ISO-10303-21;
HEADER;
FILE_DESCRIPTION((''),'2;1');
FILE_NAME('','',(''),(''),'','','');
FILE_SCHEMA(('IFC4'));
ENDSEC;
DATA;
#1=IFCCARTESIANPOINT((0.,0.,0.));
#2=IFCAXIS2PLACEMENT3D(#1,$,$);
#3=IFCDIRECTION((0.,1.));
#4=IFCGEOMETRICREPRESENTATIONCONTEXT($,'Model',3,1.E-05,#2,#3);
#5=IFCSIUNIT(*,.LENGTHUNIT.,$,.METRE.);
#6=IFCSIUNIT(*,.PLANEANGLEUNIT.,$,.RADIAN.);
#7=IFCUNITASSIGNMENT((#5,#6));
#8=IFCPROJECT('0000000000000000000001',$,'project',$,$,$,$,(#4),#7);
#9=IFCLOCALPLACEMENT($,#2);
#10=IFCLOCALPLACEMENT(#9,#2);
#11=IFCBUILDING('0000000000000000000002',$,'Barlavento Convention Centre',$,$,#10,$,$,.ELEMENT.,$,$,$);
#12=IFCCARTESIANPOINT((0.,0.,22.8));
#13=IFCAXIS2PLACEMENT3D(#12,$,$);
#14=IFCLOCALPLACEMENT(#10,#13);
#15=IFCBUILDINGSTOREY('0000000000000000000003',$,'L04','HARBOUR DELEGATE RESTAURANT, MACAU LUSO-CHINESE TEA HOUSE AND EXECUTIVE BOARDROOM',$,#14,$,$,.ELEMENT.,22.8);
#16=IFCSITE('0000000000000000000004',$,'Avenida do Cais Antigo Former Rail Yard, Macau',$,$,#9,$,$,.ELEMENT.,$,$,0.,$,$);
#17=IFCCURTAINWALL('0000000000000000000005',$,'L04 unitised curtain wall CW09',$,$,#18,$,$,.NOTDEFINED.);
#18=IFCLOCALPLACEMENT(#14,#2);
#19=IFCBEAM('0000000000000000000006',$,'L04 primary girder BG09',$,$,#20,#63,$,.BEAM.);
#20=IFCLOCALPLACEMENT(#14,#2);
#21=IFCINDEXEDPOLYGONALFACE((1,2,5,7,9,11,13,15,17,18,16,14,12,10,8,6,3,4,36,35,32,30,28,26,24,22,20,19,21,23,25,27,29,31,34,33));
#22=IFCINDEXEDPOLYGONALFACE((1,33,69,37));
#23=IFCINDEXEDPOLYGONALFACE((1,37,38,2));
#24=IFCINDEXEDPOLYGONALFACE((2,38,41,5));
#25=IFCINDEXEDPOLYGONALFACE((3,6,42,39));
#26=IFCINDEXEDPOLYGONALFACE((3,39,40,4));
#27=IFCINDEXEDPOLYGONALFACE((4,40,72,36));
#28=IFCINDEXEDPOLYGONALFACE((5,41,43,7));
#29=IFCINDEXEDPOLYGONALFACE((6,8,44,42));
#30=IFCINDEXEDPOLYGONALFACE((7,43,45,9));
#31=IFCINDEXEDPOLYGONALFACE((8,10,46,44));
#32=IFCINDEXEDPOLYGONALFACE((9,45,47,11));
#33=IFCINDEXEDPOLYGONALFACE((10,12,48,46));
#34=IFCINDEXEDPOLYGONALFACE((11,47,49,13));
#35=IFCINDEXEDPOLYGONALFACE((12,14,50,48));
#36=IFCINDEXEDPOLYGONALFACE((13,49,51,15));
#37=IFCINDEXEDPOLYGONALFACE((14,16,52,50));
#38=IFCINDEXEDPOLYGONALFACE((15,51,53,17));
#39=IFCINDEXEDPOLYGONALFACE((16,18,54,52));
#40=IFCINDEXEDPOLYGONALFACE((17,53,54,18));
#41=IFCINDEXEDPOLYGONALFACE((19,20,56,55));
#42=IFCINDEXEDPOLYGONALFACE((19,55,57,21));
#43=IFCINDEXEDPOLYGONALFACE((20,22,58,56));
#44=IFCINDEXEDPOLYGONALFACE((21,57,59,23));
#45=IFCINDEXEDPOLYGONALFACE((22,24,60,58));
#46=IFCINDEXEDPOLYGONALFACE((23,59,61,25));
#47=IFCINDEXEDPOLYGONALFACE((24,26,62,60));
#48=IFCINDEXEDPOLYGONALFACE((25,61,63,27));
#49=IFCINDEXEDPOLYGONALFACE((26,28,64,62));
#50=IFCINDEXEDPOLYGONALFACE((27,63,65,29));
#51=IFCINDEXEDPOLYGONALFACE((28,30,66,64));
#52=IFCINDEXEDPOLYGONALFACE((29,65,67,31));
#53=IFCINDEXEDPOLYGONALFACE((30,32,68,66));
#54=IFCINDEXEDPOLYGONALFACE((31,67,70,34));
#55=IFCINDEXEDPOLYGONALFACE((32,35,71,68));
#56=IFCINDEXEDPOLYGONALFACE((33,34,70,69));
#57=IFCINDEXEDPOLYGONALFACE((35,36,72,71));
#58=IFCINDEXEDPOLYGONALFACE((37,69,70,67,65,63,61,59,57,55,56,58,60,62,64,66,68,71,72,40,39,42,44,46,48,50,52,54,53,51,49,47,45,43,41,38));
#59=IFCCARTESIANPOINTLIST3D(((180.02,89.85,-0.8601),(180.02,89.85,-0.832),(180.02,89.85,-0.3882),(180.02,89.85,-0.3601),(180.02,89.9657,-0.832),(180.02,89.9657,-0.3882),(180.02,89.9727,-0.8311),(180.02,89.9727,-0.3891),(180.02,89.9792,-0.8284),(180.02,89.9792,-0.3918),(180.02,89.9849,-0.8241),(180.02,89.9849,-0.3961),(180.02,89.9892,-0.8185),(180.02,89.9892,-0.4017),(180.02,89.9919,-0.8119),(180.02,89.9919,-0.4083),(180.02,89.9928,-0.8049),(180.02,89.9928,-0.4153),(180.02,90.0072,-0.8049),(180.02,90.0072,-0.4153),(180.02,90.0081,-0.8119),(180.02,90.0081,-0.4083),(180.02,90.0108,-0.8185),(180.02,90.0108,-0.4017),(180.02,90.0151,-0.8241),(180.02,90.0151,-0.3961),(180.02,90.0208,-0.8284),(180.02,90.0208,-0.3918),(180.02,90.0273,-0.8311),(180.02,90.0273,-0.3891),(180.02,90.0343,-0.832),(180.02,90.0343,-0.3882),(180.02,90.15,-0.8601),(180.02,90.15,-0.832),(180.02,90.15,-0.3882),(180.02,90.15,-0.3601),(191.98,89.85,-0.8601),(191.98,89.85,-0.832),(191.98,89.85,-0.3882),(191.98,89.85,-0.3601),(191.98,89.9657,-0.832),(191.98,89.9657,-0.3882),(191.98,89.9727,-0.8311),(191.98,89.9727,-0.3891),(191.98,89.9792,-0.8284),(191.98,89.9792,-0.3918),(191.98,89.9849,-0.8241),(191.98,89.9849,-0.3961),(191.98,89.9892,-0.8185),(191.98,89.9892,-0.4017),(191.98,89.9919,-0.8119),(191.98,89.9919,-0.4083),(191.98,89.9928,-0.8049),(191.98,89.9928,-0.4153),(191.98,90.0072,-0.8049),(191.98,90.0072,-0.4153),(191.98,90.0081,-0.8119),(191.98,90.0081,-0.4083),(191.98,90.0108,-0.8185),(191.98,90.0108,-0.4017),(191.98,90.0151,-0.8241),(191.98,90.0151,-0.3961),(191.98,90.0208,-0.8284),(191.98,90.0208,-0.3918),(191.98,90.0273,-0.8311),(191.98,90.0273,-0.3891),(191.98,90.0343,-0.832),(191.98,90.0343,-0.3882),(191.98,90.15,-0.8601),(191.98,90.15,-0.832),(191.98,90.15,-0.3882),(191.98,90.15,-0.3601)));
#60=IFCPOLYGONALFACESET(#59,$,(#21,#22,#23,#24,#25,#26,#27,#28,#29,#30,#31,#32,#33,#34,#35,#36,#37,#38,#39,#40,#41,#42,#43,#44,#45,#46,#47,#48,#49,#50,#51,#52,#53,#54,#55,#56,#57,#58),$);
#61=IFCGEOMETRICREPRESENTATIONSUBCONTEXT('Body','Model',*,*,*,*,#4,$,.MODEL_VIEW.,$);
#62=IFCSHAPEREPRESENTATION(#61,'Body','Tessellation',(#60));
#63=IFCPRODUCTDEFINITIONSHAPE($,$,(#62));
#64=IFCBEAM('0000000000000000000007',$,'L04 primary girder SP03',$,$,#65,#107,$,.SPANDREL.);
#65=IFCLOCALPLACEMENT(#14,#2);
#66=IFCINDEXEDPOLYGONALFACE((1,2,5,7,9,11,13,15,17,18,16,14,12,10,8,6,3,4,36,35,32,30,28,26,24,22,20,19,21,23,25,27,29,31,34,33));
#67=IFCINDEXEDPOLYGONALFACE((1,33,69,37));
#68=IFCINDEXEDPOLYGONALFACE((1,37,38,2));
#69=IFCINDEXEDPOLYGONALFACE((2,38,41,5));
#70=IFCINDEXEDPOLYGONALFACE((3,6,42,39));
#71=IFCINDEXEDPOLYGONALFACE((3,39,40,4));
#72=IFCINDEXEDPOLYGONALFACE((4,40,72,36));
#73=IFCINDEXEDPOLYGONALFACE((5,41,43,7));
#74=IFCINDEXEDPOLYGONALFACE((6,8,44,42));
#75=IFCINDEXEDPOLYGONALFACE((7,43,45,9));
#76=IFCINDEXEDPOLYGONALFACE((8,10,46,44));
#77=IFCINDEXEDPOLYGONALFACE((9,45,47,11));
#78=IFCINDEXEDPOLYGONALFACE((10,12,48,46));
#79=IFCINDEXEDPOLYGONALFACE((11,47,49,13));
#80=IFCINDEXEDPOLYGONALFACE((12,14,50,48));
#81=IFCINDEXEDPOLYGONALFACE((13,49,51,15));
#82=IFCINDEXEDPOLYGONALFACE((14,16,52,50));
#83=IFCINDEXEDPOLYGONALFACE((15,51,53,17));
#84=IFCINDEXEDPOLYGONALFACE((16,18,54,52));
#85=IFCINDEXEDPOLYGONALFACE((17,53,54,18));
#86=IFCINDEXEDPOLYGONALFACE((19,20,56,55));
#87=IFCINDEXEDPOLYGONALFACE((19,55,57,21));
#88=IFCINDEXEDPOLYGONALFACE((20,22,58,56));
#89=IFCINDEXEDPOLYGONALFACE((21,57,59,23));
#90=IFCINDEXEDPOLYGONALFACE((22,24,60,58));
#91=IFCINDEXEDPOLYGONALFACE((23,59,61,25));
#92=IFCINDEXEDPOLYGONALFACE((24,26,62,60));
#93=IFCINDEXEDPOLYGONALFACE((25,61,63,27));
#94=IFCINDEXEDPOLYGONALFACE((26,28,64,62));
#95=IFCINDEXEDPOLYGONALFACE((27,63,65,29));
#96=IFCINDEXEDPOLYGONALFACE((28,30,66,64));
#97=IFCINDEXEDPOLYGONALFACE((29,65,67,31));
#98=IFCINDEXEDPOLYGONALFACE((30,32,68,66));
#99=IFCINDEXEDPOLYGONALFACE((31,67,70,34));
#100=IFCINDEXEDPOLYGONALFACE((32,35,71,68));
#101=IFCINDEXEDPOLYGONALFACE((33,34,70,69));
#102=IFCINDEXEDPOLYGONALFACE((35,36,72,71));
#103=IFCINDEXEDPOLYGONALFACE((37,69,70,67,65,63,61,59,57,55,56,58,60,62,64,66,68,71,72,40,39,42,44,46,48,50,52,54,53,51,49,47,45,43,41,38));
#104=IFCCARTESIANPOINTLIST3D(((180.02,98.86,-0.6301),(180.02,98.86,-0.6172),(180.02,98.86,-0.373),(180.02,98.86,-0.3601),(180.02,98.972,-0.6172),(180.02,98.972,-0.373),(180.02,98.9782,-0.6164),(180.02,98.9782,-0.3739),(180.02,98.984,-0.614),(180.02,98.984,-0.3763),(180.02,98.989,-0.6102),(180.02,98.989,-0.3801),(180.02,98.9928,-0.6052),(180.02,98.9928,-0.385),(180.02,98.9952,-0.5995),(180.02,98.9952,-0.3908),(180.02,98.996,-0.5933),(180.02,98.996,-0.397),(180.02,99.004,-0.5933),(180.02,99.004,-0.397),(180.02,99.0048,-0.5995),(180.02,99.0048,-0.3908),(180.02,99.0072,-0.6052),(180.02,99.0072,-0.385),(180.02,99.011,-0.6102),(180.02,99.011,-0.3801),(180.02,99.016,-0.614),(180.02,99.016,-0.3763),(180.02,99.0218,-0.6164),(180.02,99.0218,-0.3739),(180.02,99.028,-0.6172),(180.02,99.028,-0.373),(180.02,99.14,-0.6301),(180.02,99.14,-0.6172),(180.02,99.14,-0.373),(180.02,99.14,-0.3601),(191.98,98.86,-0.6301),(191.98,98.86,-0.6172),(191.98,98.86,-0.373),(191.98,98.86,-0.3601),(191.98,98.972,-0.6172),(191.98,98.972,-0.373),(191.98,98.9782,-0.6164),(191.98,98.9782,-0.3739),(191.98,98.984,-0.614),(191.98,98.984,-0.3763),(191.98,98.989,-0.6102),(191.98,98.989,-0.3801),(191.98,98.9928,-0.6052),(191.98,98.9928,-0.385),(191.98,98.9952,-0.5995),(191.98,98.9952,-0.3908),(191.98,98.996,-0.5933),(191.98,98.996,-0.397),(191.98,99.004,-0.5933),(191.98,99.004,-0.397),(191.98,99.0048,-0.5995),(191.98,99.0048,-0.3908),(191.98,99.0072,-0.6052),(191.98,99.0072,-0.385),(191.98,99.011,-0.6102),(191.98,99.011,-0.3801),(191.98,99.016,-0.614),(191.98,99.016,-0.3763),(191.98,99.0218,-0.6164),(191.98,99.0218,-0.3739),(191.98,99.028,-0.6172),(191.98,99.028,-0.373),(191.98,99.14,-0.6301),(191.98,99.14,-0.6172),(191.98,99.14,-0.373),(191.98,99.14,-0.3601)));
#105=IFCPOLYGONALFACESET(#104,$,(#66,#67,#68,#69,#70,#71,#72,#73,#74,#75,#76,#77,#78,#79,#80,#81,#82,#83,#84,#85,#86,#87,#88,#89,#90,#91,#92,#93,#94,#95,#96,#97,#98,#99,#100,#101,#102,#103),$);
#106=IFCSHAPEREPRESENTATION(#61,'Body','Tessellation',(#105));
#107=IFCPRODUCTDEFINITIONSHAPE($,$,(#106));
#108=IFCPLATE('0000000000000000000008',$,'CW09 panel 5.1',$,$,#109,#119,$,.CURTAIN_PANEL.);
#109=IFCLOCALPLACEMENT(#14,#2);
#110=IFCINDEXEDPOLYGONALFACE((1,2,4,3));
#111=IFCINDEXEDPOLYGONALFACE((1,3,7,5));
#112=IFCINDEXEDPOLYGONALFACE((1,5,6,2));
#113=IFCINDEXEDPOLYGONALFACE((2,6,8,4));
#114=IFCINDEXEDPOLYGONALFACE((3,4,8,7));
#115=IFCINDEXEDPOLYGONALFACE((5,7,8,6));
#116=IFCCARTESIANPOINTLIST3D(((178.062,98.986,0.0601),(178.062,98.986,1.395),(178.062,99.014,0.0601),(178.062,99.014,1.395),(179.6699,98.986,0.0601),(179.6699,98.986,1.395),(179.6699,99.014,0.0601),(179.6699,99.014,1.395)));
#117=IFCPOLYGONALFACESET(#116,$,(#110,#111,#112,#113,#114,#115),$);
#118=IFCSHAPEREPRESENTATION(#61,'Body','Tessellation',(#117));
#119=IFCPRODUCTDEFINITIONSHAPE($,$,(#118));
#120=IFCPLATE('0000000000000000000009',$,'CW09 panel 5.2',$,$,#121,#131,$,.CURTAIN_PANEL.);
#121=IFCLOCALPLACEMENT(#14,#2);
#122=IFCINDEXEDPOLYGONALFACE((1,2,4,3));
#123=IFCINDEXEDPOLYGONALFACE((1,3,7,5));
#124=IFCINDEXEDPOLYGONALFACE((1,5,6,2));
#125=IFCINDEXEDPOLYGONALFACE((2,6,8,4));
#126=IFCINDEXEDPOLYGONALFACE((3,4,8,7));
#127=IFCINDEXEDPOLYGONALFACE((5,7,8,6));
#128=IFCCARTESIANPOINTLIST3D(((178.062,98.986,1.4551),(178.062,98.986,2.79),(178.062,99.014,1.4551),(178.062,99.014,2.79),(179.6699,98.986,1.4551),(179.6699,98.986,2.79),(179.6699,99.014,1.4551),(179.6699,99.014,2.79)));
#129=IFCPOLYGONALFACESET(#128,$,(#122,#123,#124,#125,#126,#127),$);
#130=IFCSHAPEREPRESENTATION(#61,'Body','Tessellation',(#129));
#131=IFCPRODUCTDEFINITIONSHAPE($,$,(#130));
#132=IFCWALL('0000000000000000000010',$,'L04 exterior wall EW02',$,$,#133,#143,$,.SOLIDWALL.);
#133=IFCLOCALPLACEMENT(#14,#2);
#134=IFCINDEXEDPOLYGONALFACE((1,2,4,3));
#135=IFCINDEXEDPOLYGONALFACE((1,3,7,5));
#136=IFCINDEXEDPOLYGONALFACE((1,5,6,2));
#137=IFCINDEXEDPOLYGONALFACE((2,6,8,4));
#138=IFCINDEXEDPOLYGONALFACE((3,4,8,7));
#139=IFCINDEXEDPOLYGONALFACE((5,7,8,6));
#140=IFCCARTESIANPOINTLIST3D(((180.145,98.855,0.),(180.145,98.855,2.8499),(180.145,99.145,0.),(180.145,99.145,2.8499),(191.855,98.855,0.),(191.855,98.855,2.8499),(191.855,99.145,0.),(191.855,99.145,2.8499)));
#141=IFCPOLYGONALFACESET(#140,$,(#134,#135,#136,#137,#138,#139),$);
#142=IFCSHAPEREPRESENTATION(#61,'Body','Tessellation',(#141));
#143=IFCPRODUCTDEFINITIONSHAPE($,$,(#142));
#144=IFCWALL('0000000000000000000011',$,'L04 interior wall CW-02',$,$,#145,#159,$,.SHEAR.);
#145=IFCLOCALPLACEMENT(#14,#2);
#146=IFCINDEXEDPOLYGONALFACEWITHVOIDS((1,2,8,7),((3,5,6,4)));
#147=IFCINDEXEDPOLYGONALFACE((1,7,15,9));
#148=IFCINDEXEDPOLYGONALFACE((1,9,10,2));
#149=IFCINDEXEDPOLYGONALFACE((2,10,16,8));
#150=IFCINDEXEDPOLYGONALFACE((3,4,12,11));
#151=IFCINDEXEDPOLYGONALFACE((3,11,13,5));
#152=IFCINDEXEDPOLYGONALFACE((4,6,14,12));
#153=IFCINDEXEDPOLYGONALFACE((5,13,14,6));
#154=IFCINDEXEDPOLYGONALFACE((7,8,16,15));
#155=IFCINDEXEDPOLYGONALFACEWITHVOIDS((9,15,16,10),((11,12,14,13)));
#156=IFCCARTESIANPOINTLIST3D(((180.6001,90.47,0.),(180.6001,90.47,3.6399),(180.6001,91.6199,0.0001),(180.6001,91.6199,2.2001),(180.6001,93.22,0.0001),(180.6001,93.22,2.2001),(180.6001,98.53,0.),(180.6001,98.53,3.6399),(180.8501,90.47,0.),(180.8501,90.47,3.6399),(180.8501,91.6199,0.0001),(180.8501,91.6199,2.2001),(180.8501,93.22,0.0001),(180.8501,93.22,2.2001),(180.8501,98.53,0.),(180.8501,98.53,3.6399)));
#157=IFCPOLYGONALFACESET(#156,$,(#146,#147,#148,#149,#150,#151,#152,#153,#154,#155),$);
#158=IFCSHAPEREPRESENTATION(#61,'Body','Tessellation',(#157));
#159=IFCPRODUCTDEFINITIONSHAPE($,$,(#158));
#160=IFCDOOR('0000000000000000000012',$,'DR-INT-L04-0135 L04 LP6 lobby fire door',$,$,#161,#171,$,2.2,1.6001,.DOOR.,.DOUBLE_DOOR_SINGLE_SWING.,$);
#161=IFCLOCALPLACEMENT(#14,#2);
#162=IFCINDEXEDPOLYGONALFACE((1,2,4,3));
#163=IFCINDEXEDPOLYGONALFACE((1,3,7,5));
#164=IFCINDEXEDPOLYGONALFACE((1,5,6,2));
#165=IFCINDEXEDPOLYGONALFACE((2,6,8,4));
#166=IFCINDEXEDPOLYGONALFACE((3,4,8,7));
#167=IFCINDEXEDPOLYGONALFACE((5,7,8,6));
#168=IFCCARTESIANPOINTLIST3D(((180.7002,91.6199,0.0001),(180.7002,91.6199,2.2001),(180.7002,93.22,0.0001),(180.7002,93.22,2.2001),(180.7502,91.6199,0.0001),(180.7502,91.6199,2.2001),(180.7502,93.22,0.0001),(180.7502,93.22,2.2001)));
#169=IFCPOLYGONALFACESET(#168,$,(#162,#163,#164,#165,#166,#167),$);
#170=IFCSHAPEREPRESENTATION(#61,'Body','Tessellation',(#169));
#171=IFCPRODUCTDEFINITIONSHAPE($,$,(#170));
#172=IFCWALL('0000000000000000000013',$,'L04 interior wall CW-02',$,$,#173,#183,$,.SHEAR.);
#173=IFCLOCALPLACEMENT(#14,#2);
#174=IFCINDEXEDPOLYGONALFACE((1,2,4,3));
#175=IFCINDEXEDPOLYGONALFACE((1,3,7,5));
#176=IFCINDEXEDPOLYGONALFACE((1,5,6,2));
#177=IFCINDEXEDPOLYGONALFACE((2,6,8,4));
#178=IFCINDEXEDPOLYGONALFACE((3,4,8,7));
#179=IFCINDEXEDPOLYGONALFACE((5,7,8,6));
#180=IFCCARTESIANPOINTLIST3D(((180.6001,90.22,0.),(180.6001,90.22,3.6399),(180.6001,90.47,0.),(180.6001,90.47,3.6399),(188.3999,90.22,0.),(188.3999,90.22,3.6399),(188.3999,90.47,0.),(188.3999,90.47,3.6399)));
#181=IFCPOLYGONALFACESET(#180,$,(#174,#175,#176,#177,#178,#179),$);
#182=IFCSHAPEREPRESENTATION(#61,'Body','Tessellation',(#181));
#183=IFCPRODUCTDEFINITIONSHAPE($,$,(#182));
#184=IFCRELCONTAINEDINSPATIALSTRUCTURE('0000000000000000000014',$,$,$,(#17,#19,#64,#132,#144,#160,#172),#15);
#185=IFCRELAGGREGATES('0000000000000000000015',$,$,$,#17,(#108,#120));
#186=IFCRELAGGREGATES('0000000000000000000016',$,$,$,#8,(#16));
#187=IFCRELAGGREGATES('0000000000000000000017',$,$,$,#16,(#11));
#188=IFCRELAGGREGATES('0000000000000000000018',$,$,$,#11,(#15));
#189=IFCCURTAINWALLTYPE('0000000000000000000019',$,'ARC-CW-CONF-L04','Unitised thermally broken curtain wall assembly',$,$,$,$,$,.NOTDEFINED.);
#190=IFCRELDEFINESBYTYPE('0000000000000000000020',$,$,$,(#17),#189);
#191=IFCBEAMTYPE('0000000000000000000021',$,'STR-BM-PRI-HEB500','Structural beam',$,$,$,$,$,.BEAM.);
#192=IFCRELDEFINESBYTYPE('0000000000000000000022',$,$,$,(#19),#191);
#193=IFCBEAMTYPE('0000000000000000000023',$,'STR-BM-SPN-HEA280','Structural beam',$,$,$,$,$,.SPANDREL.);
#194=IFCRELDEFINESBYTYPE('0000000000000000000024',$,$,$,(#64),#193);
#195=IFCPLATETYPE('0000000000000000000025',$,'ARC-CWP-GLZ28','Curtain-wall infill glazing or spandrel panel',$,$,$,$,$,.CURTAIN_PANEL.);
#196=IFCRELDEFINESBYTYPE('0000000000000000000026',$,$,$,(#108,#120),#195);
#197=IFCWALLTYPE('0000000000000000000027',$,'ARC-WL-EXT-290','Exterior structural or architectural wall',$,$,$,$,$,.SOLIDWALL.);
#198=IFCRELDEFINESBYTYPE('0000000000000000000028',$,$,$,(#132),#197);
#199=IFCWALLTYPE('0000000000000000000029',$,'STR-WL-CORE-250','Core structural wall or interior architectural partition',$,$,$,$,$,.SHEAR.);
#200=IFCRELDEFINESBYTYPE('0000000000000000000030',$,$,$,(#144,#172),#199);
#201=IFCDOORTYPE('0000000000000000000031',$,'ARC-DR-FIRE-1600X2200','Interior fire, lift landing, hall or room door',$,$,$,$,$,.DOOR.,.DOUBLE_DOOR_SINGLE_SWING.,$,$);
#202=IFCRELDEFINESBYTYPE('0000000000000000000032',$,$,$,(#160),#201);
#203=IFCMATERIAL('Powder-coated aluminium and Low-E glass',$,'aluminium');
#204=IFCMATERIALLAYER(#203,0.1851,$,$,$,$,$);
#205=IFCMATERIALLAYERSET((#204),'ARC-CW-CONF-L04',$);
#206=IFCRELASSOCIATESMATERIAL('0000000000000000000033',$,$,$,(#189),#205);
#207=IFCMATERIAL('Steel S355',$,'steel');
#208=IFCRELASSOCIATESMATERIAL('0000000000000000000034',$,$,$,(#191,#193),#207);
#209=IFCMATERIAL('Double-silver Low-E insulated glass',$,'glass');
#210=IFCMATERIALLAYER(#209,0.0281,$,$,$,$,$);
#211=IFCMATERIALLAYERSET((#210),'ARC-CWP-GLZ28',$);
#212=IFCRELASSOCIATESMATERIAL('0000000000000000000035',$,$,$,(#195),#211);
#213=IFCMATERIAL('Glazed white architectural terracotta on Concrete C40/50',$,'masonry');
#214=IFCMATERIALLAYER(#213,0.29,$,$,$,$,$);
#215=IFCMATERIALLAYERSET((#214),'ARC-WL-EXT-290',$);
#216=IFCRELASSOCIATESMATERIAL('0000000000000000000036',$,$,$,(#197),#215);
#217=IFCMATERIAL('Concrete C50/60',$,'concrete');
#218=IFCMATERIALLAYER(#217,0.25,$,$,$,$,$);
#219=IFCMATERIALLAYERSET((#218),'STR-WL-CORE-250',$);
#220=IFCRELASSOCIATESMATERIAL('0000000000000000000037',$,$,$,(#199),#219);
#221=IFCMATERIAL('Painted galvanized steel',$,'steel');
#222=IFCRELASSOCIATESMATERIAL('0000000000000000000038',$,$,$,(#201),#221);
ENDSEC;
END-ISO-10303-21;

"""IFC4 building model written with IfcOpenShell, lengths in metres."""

from ifc_helpers import new_model, si_unit, direction, frame, frame_2d, origin, origin_2d, place, context, subcontext, project, spatial, rectangle, i_section, extrude, material, layer, layer_set, material_profile, profile_set, type_object, element, fill, aggregate, save


model = new_model("IFC4")

# Units and contexts
model_context = context("Model", 3, precision=1e-05, world=origin(), true_north=direction((0.0, 1.0)))
body_context = subcontext(model_context, "Body", "Model", "MODEL_VIEW")
ifc_project = project(units=[si_unit("LENGTHUNIT", "METRE"), si_unit("PLANEANGLEUNIT", "RADIAN")], contexts=[model_context])

# Site, building, storey
site_placement = place(None, origin())
site = spatial("IfcSite", under=ifc_project, at=site_placement, Name="Avenida do Cais Antigo Former Rail Yard, Macau", CompositionType="ELEMENT", RefElevation=0.0)
building_placement = place(site_placement, origin())
building = spatial("IfcBuilding", under=site, at=building_placement, Name="Barlavento Convention Centre", CompositionType="ELEMENT")
storey_placement = place(building_placement, frame((0.0, 0.0, 22.8)))
storey = spatial("IfcBuildingStorey", under=building, at=storey_placement, Name="L04", Description="HARBOUR DELEGATE RESTAURANT, MACAU LUSO-CHINESE TEA HOUSE AND EXECUTIVE BOARDROOM", CompositionType="ELEMENT", Elevation=22.8)

# Shared definitions
ifc_material_1 = material(Name="Steel S355", Category="steel")

# Curtain wall
ifc_material_2 = material(Name="Powder-coated aluminium and Low-E glass", Category="aluminium")
ifc_layer_1 = layer(ifc_material_2, 0.1851)
ifc_layer_set_1 = layer_set([ifc_layer_1], Name="ARC-CW-CONF-L04")
curtain_wall_type = type_object("IfcCurtainWallType", Name="ARC-CW-CONF-L04", Description="Unitised thermally broken curtain wall assembly", PredefinedType="NOTDEFINED", material=ifc_layer_set_1)
curtain_wall_placement = place(storey_placement, origin())
curtain_wall = element("IfcCurtainWall", 1, at=curtain_wall_placement, inside=storey, type_object=curtain_wall_type, Name="L04 unitised curtain wall CW09", PredefinedType="NOTDEFINED")

# Beams
ifc_material_profile_1 = material_profile(ifc_material_1, i_section(OverallWidth=0.3, OverallDepth=0.5, WebThickness=0.0144, FlangeThickness=0.0281, FilletRadius=0.0271, at=origin_2d()), Name="HEB 500")
ifc_profile_set_1 = profile_set([ifc_material_profile_1], Name="Steel S355")
beam_type_1 = type_object("IfcBeamType", Name="STR-BM-PRI-HEB500", Description="Structural beam", PredefinedType="BEAM", material=ifc_profile_set_1)
beam_1_placement = place(storey_placement, frame((180.02, 90.0, -0.6101), z_axis=(1.0, 0.0, 0.0), x_axis=(0.0, 1.0, 0.0)))
element("IfcBeam", 2, at=beam_1_placement, inside=storey, type_object=beam_type_1, Name="L04 primary girder BG09", PredefinedType="BEAM", context=body_context, shape_type="SweptSolid", body=[
    extrude(i_section(OverallWidth=0.3, OverallDepth=0.5, WebThickness=0.0144, FlangeThickness=0.0281, FilletRadius=0.0271, at=origin_2d()), origin(), (0.0, 0.0, 1.0), 11.96),
])
ifc_material_profile_2 = material_profile(ifc_material_1, i_section(OverallWidth=0.28, OverallDepth=0.27, WebThickness=0.0081, FlangeThickness=0.0129, FilletRadius=0.0239, at=origin_2d()), Name="HEA 280")
ifc_profile_set_2 = profile_set([ifc_material_profile_2], Name="Steel S355")
beam_type_2 = type_object("IfcBeamType", Name="STR-BM-SPN-HEA280", Description="Structural beam", PredefinedType="SPANDREL", material=ifc_profile_set_2)
beam_2_placement = place(storey_placement, frame((180.02, 99.0, -0.4951), z_axis=(1.0, 0.0, 0.0), x_axis=(0.0, 1.0, 0.0)))
element("IfcBeam", 3, at=beam_2_placement, inside=storey, type_object=beam_type_2, Name="L04 primary girder SP03", PredefinedType="SPANDREL", context=body_context, shape_type="SweptSolid", body=[
    extrude(i_section(OverallWidth=0.28, OverallDepth=0.27, WebThickness=0.0081, FlangeThickness=0.0129, FilletRadius=0.0239, at=origin_2d()), origin(), (0.0, 0.0, 1.0), 11.96),
])

# Plates
ifc_material_3 = material(Name="Double-silver Low-E insulated glass", Category="glass")
ifc_layer_2 = layer(ifc_material_3, 0.0281)
ifc_layer_set_2 = layer_set([ifc_layer_2], Name="ARC-CWP-GLZ28")
plate_type = type_object("IfcPlateType", Name="ARC-CWP-GLZ28", Description="Curtain-wall infill glazing or spandrel panel", PredefinedType="CURTAIN_PANEL", material=ifc_layer_set_2)
plate_1_placement = place(storey_placement, frame((178.866, 99.0, 0.0601), z_axis=(0.0, 0.0, 1.0), x_axis=(1.0, 0.0, 0.0)))
plate_1 = element("IfcPlate", 4, at=plate_1_placement, type_object=plate_type, Name="CW09 panel 5.1", PredefinedType="CURTAIN_PANEL", context=body_context, shape_type="SweptSolid", body=[
    extrude(rectangle(XDim=1.6079, YDim=0.0281, at=origin_2d()), origin(), (0.0, 0.0, 1.0), 1.335),
])
plate_2_placement = place(storey_placement, frame((178.866, 99.0, 1.4551), z_axis=(0.0, 0.0, 1.0), x_axis=(1.0, 0.0, 0.0)))
plate_2 = element("IfcPlate", 5, at=plate_2_placement, type_object=plate_type, Name="CW09 panel 5.2", PredefinedType="CURTAIN_PANEL", context=body_context, shape_type="SweptSolid", body=[
    extrude(rectangle(XDim=1.6079, YDim=0.0281, at=origin_2d()), origin(), (0.0, 0.0, 1.0), 1.335),
])
aggregate(curtain_wall, [plate_1, plate_2])

# Wall
ifc_material_4 = material(Name="Glazed white architectural terracotta on Concrete C40/50", Category="masonry")
ifc_layer_3 = layer(ifc_material_4, 0.29)
ifc_layer_set_3 = layer_set([ifc_layer_3], Name="ARC-WL-EXT-290")
wall_type_1 = type_object("IfcWallType", Name="ARC-WL-EXT-290", Description="Exterior structural or architectural wall", PredefinedType="SOLIDWALL", material=ifc_layer_set_3)
wall_1_placement = place(storey_placement, frame((180.145, 99.0, 0.0), z_axis=(0.0, 0.0, 1.0), x_axis=(1.0, 0.0, 0.0)))
element("IfcWall", 6, at=wall_1_placement, inside=storey, type_object=wall_type_1, Name="L04 exterior wall EW02", PredefinedType="SOLIDWALL", context=body_context, shape_type="SweptSolid", body=[
    extrude(rectangle(XDim=11.71, YDim=0.29, at=frame_2d((5.855, 0.0))), origin(), (0.0, 0.0, 1.0), 2.8499),
])

# Wall, opening, door
ifc_material_5 = material(Name="Concrete C50/60", Category="concrete")
ifc_layer_4 = layer(ifc_material_5, 0.25)
ifc_layer_set_4 = layer_set([ifc_layer_4], Name="STR-WL-CORE-250")
wall_type_2 = type_object("IfcWallType", Name="STR-WL-CORE-250", Description="Core structural wall or interior architectural partition", PredefinedType="SHEAR", material=ifc_layer_set_4)
wall_2_placement = place(storey_placement, frame((180.7251, 90.47, 0.0), z_axis=(0.0, 0.0, 1.0), x_axis=(0.0, 1.0, 0.0)))
wall_2 = element("IfcWall", 7, at=wall_2_placement, inside=storey, type_object=wall_type_2, Name="L04 interior wall CW-02", PredefinedType="SHEAR", context=body_context, shape_type="SweptSolid", body=[
    extrude(rectangle(XDim=8.0601, YDim=0.25, at=frame_2d((4.03, 0.0))), origin(), (0.0, 0.0, 1.0), 3.6399),
])
opening_1_placement = place(wall_2_placement, frame((1.1499, 0.0, 0.0)))
opening_1 = element("IfcOpeningElement", 8, at=opening_1_placement, cuts=wall_2, PredefinedType="OPENING", context=body_context, shape_type="SweptSolid", body=[
    extrude(rectangle(XDim=1.6001, YDim=2.2, at=frame_2d((0.8, 1.1001))), frame((0.0, 0.135, 0.0), z_axis=(0.0, -1.0, 0.0), x_axis=(1.0, 0.0, 0.0)), (0.0, 0.0, 1.0), 0.27),
])
ifc_material_6 = material(Name="Painted galvanized steel", Category="steel")
door_type_1 = type_object("IfcDoorType", Name="ARC-DR-FIRE-1600X2200", Description="Interior fire, lift landing, hall or room door", OperationType="DOUBLE_DOOR_SINGLE_SWING", PredefinedType="DOOR", material=ifc_material_6)
door_1_placement = place(opening_1_placement, origin())
door_1 = element("IfcDoor", 9, at=door_1_placement, inside=storey, type_object=door_type_1, Name="DR-INT-L04-0135 L04 LP6 lobby fire door", OperationType="DOUBLE_DOOR_SINGLE_SWING", OverallHeight=2.2, OverallWidth=1.6001, PredefinedType="DOOR", context=body_context, shape_type="SweptSolid", body=[
    extrude(rectangle(XDim=1.6001, YDim=2.2, at=frame_2d((0.8, 1.1001))), frame((0.0, 0.0249, 0.0), z_axis=(0.0, -1.0, 0.0), x_axis=(1.0, 0.0, 0.0)), (0.0, 0.0, 1.0), 0.05),
])
fill(opening_1, door_1)

# Wall
for number, where, z_axis, x_axis, name in (
    (10, (180.6001, 90.345, 0.0), (0.0, 0.0, 1.0), (1.0, 0.0, 0.0), "L04 interior wall CW-02"),
):
    element("IfcWall", number, at=place(storey_placement, frame(where, z_axis=z_axis, x_axis=x_axis)), inside=storey, type_object=wall_type_2, Name=name, PredefinedType="SHEAR", context=body_context, shape_type="SweptSolid", body=[
        extrude(rectangle(XDim=7.7998, YDim=0.25, at=frame_2d((3.8999, 0.0))), origin(), (0.0, 0.0, 1.0), 3.6399),
    ])

save(model, "model.ifc")
